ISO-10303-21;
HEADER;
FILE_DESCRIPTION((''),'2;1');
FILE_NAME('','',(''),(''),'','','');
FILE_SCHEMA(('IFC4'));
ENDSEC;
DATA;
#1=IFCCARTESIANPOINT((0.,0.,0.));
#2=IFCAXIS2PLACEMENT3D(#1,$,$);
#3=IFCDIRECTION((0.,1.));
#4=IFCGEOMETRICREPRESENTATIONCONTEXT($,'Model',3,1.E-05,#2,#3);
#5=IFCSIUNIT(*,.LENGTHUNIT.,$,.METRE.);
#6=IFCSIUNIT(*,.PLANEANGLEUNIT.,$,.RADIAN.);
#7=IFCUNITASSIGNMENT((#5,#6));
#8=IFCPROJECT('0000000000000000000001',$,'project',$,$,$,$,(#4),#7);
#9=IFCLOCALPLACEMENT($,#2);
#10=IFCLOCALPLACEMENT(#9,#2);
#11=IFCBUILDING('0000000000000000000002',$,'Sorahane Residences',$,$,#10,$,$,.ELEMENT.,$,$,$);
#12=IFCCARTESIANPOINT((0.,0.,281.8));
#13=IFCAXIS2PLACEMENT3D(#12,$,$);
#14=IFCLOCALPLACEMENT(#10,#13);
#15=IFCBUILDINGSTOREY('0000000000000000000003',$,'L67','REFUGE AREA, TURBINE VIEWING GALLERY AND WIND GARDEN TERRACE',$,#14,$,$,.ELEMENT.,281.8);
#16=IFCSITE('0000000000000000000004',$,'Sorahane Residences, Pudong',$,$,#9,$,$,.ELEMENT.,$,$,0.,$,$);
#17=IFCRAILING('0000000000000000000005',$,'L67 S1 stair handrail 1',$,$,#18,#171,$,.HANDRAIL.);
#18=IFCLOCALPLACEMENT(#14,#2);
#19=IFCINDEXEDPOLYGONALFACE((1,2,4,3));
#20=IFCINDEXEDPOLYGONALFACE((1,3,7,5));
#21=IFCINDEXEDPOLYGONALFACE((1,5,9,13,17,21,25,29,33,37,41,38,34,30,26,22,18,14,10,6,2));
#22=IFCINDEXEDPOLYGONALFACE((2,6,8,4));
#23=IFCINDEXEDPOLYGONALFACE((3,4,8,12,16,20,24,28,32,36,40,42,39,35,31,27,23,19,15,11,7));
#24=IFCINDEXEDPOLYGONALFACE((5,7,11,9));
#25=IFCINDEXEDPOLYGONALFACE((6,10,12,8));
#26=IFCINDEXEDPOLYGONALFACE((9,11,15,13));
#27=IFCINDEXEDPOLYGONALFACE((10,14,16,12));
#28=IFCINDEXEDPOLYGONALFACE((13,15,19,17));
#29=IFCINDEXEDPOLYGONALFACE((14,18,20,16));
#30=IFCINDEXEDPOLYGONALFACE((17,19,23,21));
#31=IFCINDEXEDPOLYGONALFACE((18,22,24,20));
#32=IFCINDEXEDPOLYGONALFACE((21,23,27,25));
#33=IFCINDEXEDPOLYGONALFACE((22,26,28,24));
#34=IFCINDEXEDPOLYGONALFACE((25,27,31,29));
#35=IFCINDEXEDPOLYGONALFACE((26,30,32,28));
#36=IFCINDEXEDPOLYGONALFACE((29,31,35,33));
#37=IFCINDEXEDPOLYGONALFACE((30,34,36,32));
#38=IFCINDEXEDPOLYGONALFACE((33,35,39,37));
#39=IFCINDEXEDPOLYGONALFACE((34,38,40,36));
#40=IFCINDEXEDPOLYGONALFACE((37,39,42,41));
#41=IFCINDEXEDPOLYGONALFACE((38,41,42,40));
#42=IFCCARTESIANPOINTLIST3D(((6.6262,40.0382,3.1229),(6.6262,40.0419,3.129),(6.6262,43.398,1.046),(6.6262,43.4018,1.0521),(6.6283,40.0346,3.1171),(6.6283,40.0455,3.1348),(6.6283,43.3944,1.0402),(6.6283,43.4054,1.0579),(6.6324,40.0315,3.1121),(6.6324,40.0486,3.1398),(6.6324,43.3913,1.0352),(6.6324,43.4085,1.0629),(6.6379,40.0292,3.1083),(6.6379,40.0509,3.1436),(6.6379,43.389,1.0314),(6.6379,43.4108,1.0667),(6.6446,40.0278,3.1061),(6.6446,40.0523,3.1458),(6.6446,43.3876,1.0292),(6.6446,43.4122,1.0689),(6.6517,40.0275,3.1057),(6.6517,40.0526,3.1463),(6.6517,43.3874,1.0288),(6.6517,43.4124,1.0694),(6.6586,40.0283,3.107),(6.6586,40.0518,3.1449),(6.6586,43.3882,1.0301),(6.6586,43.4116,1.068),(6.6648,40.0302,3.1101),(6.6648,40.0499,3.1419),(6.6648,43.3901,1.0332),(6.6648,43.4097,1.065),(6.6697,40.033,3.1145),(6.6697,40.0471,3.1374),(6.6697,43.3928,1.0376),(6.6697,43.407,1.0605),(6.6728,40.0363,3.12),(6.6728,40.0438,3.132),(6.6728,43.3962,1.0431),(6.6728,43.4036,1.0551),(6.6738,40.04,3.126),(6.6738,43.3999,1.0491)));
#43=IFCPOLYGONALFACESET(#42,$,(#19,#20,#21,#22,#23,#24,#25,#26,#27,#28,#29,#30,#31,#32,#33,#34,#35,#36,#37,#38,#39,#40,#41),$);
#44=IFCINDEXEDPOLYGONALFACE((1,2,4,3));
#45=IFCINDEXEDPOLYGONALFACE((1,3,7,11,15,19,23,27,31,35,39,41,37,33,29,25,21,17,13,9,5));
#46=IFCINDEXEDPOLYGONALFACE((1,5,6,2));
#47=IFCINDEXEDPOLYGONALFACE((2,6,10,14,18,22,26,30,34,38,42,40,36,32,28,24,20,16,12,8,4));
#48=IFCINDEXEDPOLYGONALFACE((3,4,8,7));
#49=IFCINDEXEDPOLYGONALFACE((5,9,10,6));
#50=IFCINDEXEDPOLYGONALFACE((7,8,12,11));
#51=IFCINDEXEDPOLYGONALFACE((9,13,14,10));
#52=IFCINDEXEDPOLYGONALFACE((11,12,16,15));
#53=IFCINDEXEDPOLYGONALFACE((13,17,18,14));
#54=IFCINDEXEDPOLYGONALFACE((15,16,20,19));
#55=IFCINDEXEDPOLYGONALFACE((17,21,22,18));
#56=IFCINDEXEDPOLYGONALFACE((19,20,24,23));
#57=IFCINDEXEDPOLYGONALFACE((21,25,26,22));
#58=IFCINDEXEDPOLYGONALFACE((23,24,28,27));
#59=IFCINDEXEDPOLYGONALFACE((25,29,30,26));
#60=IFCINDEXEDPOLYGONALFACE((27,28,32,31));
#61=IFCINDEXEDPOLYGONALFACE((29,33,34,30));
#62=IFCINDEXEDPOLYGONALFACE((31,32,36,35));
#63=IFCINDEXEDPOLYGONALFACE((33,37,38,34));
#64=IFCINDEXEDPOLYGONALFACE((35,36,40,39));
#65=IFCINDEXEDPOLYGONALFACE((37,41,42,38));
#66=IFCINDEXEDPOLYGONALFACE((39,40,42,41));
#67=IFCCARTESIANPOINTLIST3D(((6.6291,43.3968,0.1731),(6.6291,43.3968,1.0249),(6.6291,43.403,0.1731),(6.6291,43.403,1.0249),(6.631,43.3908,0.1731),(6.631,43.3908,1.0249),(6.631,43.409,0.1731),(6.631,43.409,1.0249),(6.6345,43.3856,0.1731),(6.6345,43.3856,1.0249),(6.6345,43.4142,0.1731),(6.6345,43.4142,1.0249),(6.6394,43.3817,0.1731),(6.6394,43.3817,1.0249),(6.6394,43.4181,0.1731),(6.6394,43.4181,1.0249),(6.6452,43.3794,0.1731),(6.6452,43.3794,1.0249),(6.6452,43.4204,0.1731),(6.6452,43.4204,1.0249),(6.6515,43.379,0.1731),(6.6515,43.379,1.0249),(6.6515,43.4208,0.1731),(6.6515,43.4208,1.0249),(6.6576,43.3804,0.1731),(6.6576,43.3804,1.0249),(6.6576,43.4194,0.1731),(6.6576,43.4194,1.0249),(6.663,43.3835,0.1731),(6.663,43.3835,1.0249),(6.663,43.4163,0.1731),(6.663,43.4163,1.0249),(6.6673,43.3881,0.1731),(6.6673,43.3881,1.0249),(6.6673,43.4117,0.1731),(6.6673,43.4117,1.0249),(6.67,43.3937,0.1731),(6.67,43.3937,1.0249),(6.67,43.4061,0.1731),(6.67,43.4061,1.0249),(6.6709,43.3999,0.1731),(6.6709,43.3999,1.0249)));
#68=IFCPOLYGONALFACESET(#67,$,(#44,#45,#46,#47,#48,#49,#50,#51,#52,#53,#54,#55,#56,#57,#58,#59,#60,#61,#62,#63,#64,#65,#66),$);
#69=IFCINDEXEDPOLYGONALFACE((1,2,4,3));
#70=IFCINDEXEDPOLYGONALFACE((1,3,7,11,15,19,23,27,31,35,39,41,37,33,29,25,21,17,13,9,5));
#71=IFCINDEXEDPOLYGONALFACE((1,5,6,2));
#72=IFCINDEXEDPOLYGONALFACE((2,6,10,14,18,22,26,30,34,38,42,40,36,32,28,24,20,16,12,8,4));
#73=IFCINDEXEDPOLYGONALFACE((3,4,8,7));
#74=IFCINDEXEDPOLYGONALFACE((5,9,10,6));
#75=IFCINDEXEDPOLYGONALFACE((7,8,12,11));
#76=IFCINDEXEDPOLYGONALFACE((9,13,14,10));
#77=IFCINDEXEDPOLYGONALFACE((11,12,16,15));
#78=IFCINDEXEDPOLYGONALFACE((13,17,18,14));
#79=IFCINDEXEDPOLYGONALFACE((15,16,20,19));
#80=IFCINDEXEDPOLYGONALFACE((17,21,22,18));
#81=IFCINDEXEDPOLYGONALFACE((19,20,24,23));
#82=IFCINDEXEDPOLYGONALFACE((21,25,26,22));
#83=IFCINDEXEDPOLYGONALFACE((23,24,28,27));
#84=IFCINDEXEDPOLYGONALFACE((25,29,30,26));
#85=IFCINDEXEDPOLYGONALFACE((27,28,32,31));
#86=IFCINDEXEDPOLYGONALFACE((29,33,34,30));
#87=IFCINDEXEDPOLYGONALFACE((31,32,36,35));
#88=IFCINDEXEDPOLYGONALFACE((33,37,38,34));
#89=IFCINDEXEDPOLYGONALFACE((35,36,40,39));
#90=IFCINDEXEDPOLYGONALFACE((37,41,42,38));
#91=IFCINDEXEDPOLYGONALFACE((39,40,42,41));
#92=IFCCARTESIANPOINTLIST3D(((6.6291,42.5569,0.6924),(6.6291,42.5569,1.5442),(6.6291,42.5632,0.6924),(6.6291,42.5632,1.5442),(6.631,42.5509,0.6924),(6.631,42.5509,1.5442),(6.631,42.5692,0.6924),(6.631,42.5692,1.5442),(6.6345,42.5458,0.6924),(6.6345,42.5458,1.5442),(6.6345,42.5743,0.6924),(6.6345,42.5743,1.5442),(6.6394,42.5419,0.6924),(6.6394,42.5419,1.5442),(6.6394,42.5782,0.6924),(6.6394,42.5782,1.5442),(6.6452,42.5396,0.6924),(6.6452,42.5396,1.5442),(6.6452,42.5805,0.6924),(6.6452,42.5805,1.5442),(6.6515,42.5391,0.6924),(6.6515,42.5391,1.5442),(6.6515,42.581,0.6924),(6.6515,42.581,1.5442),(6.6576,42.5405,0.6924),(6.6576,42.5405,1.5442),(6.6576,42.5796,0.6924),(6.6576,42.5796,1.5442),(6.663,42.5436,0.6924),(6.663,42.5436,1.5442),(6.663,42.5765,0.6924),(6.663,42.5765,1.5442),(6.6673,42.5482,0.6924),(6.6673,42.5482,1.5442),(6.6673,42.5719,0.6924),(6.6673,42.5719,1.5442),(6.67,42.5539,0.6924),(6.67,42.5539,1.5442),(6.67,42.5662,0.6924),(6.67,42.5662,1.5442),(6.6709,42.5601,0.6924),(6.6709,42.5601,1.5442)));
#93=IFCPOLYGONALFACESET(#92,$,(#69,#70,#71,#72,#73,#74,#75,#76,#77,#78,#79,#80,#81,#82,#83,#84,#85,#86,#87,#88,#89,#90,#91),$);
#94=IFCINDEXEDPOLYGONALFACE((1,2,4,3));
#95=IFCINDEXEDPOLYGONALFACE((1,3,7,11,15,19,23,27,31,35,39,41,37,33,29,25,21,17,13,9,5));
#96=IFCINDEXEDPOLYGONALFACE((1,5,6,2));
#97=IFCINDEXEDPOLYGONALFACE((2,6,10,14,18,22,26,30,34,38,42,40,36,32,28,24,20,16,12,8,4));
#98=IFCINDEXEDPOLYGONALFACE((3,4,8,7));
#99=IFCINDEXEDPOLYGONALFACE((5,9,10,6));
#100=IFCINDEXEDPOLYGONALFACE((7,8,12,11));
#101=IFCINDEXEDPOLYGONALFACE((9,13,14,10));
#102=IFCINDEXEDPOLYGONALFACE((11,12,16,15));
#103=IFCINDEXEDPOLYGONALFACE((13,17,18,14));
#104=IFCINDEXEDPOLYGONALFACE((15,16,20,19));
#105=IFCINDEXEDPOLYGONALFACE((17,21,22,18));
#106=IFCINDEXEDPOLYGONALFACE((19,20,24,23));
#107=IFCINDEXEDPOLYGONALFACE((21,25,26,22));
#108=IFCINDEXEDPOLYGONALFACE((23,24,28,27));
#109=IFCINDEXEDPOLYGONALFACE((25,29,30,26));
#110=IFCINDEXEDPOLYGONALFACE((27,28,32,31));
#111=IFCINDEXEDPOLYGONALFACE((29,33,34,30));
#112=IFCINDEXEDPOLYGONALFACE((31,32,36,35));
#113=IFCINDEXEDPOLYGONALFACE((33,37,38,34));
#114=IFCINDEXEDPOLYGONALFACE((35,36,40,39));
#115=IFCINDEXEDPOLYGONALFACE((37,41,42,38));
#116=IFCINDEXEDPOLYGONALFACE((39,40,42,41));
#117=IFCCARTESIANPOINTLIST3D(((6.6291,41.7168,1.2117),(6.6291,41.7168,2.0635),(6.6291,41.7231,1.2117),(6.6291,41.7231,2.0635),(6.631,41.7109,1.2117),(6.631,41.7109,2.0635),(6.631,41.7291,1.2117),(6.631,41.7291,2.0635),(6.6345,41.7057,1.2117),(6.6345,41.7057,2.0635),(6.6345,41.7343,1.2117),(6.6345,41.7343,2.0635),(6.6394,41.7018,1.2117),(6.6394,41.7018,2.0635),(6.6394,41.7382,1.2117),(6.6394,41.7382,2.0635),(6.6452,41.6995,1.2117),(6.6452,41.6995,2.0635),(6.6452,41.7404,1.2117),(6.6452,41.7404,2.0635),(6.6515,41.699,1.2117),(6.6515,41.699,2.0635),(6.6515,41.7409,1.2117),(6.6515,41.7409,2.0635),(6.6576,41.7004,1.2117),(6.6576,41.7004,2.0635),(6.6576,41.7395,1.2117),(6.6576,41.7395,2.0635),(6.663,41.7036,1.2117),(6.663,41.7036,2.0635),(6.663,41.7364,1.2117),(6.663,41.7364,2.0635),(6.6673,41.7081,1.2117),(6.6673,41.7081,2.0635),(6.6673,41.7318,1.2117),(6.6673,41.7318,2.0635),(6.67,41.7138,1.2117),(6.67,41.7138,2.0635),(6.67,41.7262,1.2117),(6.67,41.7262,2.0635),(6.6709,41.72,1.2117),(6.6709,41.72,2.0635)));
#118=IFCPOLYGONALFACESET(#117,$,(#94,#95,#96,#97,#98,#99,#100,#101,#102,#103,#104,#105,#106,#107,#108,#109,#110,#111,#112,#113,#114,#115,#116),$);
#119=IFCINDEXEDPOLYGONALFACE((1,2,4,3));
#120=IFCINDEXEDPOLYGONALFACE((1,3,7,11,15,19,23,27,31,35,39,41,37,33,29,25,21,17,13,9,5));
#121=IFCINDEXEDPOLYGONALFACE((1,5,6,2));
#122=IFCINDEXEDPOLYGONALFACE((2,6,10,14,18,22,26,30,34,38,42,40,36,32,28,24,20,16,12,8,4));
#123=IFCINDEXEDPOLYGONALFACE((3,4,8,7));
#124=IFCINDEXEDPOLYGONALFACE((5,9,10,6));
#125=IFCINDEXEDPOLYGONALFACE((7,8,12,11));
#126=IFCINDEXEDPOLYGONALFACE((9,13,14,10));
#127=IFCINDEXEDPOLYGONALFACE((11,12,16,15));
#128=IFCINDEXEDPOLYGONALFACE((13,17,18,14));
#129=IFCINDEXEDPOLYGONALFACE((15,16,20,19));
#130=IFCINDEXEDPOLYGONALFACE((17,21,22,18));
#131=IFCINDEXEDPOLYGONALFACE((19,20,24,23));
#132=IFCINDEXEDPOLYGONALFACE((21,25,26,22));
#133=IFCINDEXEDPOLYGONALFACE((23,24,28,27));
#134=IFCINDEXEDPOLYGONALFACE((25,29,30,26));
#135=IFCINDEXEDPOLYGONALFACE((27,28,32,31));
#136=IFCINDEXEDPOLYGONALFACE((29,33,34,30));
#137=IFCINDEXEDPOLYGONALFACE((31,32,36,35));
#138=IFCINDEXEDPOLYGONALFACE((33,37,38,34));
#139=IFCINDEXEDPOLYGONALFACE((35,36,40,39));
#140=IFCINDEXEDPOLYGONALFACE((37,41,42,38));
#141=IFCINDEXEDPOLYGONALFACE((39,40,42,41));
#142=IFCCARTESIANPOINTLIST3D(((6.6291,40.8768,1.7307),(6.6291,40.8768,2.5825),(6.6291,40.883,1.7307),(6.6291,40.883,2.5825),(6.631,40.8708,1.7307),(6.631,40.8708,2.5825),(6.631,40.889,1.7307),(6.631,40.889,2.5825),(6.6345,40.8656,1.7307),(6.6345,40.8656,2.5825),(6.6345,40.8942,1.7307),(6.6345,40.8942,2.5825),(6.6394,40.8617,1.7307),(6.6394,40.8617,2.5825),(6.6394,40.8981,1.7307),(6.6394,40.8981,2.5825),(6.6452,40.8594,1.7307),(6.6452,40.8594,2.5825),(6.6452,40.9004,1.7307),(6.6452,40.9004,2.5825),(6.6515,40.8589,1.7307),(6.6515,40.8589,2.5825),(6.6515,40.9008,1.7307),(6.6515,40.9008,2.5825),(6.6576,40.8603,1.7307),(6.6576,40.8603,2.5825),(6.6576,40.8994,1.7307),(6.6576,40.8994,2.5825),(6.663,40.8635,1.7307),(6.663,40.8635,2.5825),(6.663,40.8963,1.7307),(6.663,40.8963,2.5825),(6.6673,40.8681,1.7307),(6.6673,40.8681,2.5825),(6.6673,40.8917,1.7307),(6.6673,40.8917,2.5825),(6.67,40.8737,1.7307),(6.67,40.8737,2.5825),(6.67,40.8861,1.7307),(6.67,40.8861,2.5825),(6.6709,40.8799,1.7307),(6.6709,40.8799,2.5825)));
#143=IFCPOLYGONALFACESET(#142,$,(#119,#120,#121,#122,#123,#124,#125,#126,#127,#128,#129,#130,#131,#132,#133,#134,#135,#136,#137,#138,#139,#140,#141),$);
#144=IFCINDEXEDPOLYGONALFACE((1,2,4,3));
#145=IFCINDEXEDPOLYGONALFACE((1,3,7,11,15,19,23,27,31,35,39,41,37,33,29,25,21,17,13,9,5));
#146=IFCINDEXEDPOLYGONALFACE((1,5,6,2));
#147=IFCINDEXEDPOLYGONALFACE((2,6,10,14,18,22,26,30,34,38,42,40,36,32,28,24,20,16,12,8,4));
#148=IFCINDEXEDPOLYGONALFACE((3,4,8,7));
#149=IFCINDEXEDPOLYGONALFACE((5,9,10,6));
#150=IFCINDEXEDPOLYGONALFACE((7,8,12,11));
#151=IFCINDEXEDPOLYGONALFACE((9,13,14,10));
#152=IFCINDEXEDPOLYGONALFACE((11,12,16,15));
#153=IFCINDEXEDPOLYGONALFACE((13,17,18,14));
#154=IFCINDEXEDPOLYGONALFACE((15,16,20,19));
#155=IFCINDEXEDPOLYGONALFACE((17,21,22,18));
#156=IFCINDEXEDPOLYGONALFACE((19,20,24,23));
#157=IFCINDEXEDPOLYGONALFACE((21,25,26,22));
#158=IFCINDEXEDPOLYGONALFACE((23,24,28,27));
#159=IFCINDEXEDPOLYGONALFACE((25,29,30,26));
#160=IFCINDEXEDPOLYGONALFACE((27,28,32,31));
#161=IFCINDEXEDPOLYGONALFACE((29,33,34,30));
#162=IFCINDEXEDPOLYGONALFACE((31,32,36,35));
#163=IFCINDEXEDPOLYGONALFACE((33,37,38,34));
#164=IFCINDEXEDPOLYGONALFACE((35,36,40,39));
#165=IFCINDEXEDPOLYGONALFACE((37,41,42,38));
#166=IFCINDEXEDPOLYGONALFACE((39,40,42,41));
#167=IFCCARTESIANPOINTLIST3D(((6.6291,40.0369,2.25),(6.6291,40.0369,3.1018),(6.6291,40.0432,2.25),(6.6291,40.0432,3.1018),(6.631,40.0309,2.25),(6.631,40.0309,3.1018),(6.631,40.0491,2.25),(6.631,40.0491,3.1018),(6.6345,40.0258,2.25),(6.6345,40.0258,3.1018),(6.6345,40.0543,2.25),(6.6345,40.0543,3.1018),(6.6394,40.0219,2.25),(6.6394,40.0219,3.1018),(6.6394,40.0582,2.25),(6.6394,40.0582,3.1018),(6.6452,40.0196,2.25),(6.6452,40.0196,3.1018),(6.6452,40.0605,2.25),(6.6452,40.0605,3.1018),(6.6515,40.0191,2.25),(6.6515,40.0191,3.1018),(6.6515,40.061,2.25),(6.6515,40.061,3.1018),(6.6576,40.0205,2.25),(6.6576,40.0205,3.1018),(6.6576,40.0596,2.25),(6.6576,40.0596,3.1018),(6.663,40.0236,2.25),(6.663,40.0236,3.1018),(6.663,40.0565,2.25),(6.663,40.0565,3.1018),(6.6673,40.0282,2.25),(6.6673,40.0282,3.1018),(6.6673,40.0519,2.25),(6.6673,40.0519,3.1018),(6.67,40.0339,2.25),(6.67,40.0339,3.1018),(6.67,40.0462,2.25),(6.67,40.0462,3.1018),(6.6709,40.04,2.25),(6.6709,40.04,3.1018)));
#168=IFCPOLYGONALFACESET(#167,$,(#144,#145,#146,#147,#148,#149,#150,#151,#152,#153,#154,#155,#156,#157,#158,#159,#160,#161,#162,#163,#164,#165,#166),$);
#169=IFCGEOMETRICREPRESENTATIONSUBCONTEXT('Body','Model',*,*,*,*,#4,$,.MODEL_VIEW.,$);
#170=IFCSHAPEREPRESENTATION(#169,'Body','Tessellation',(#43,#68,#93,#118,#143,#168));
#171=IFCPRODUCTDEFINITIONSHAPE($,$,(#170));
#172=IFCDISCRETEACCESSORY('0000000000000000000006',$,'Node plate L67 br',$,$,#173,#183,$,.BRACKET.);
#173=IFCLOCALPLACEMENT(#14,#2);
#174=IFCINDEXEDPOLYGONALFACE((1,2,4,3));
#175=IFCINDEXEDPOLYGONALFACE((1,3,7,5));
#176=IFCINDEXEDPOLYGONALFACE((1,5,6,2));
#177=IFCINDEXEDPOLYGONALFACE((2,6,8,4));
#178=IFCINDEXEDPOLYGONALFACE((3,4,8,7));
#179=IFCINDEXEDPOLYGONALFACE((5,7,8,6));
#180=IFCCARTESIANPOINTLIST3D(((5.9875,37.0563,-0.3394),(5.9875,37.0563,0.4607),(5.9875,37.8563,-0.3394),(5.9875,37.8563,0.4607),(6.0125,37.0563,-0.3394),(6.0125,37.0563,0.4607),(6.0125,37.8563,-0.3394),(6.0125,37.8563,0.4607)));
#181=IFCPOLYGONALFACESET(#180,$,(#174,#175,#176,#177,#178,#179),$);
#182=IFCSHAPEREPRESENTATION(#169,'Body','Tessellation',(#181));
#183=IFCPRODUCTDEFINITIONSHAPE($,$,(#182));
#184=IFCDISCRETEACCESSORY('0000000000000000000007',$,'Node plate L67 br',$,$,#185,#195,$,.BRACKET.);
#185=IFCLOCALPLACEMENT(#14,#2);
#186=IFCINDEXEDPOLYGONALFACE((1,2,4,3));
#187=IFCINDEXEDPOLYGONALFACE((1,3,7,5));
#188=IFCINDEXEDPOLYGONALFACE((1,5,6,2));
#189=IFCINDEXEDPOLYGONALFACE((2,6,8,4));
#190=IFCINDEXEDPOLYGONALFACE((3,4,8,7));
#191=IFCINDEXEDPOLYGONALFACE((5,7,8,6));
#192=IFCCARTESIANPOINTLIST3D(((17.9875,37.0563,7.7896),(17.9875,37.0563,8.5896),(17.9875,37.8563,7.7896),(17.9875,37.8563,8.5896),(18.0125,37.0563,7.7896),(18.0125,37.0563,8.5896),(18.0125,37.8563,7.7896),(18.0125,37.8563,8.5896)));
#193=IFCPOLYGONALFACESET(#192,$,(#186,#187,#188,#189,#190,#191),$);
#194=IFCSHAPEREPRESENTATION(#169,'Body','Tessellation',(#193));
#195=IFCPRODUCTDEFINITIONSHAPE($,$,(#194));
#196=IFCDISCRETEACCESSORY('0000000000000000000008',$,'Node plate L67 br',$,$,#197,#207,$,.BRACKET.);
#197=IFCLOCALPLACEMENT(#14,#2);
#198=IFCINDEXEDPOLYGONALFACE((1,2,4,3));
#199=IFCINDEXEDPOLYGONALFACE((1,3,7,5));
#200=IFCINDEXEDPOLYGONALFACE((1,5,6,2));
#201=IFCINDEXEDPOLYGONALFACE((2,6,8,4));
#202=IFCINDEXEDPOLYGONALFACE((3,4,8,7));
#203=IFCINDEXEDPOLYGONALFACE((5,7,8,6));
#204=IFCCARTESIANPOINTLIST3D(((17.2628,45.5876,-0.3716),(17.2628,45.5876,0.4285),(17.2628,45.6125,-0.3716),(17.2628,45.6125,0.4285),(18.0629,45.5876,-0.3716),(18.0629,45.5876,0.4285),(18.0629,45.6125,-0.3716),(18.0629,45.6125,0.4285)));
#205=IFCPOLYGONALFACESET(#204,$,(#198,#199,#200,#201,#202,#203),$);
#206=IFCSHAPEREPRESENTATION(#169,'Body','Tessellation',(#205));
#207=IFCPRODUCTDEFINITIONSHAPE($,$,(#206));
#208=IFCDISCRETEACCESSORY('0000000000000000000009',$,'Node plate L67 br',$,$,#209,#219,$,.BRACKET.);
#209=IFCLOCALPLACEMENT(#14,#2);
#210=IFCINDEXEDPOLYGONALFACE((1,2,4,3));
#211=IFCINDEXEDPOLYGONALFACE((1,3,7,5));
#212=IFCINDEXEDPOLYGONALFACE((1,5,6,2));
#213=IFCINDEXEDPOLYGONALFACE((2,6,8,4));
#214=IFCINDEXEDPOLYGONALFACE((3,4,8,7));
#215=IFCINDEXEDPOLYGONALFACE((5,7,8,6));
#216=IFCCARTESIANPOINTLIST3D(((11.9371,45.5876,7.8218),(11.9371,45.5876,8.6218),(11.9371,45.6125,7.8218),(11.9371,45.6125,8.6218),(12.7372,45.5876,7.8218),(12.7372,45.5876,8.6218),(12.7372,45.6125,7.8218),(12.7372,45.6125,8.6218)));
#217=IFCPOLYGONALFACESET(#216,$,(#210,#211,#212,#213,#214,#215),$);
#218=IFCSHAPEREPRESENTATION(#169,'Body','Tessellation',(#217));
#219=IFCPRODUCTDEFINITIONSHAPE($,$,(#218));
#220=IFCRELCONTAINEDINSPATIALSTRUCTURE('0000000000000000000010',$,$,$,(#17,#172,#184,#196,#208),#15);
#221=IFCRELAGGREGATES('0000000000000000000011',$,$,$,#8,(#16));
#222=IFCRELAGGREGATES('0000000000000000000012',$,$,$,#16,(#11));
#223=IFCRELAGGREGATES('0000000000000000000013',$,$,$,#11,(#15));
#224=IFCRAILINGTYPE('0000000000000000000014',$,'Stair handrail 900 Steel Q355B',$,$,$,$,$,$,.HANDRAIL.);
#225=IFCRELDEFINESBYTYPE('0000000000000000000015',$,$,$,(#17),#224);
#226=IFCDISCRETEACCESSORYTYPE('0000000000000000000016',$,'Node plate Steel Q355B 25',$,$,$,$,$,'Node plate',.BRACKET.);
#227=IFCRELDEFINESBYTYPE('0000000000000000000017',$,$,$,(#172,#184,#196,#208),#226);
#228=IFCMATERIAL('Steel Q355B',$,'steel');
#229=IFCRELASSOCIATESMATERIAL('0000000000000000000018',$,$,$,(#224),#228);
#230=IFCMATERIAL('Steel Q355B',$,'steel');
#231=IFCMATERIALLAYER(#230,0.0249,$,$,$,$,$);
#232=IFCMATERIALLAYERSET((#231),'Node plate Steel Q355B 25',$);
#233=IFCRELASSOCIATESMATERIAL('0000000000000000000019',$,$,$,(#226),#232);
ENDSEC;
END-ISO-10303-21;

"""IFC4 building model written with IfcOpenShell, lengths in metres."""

from ifc_helpers import new_model, si_unit, direction, frame, origin, origin_2d, place, context, subcontext, project, spatial, rectangle, circle, extrude, material, layer, layer_set, type_object, element, save


model = new_model("IFC4")

# Units and contexts
model_context = context("Model", 3, precision=1e-05, world=origin(), true_north=direction((0.0, 1.0)))
body_context = subcontext(model_context, "Body", "Model", "MODEL_VIEW")
ifc_project = project(units=[si_unit("LENGTHUNIT", "METRE"), si_unit("PLANEANGLEUNIT", "RADIAN")], contexts=[model_context])

# Site, building, storey
site_placement = place(None, origin())
site = spatial("IfcSite", under=ifc_project, at=site_placement, Name="Sorahane Residences, Pudong", CompositionType="ELEMENT", RefElevation=0.0)
building_placement = place(site_placement, origin())
building = spatial("IfcBuilding", under=site, at=building_placement, Name="Sorahane Residences", CompositionType="ELEMENT")
storey_placement = place(building_placement, frame((0.0, 0.0, 281.8)))
storey = spatial("IfcBuildingStorey", under=building, at=storey_placement, Name="L67", Description="REFUGE AREA, TURBINE VIEWING GALLERY AND WIND GARDEN TERRACE", CompositionType="ELEMENT", Elevation=281.8)

# Railing
ifc_material_1 = material(Name="Steel Q355B", Category="steel")
railing_type_1 = type_object("IfcRailingType", Name="Stair handrail 900 Steel Q355B", PredefinedType="HANDRAIL", material=ifc_material_1)
railing_1_placement = place(storey_placement, frame((6.6499, 43.3999, 0.1731)))
element("IfcRailing", 1, at=railing_1_placement, inside=storey, type_object=railing_type_1, Name="L67 S1 stair handrail 1", PredefinedType="HANDRAIL", context=body_context, shape_type="SweptSolid", body=[
    extrude(circle(Radius=0.0239, at=origin_2d()), frame((0.0, 0.0, 0.876), z_axis=(0.0, -0.850606, 0.525803), x_axis=(1.0, 0.0, 0.0)), (0.0, 0.0, 1.0), 3.95),
    extrude(circle(Radius=0.021, at=origin_2d()), origin(), (0.0, 0.0, 1.0), 0.8518),
    extrude(circle(Radius=0.021, at=origin_2d()), frame((0.0, -0.8398, 0.5193)), (0.0, 0.0, 1.0), 0.8518),
    extrude(circle(Radius=0.021, at=origin_2d()), frame((0.0, -1.6799, 1.0386)), (0.0, 0.0, 1.0), 0.8518),
    extrude(circle(Radius=0.021, at=origin_2d()), frame((0.0, -2.52, 1.5576)), (0.0, 0.0, 1.0), 0.8518),
    extrude(circle(Radius=0.021, at=origin_2d()), frame((0.0, -3.3599, 2.0769)), (0.0, 0.0, 1.0), 0.8518),
])

# Discrete accessories
ifc_material_2 = material(Name="Steel Q355B", Category="steel")
ifc_layer_1 = layer(ifc_material_2, 0.0249)
ifc_layer_set_1 = layer_set([ifc_layer_1], Name="Node plate Steel Q355B 25")
discrete_accessory_type = type_object("IfcDiscreteAccessoryType", Name="Node plate Steel Q355B 25", ElementType="Node plate", PredefinedType="BRACKET", material=ifc_layer_set_1)
for number, where, z_axis, x_axis, name in (
    (2, (6.0, 37.4563, -0.3394), (0.0, 0.0, 1.0), (0.0, 1.0, 0.0), "Node plate L67 br"),
    (3, (18.0, 37.4563, 7.7896), (0.0, 0.0, 1.0), (0.0, 1.0, 0.0), "Node plate L67 br"),
    (4, (17.6628, 45.6001, -0.3716), (0.0, 0.0, 1.0), (1.0, 0.0, 0.0), "Node plate L67 br"),
    (5, (12.3372, 45.6001, 7.8218), (0.0, 0.0, 1.0), (1.0, 0.0, 0.0), "Node plate L67 br"),
):
    element("IfcDiscreteAccessory", number, at=place(storey_placement, frame(where, z_axis=z_axis, x_axis=x_axis)), inside=storey, type_object=discrete_accessory_type, Name=name, PredefinedType="BRACKET", context=body_context, shape_type="SweptSolid", body=[
        extrude(rectangle(XDim=0.8, YDim=0.0249, at=origin_2d()), origin(), (0.0, 0.0, 1.0), 0.8),
    ])

save(model, "model.ifc")
